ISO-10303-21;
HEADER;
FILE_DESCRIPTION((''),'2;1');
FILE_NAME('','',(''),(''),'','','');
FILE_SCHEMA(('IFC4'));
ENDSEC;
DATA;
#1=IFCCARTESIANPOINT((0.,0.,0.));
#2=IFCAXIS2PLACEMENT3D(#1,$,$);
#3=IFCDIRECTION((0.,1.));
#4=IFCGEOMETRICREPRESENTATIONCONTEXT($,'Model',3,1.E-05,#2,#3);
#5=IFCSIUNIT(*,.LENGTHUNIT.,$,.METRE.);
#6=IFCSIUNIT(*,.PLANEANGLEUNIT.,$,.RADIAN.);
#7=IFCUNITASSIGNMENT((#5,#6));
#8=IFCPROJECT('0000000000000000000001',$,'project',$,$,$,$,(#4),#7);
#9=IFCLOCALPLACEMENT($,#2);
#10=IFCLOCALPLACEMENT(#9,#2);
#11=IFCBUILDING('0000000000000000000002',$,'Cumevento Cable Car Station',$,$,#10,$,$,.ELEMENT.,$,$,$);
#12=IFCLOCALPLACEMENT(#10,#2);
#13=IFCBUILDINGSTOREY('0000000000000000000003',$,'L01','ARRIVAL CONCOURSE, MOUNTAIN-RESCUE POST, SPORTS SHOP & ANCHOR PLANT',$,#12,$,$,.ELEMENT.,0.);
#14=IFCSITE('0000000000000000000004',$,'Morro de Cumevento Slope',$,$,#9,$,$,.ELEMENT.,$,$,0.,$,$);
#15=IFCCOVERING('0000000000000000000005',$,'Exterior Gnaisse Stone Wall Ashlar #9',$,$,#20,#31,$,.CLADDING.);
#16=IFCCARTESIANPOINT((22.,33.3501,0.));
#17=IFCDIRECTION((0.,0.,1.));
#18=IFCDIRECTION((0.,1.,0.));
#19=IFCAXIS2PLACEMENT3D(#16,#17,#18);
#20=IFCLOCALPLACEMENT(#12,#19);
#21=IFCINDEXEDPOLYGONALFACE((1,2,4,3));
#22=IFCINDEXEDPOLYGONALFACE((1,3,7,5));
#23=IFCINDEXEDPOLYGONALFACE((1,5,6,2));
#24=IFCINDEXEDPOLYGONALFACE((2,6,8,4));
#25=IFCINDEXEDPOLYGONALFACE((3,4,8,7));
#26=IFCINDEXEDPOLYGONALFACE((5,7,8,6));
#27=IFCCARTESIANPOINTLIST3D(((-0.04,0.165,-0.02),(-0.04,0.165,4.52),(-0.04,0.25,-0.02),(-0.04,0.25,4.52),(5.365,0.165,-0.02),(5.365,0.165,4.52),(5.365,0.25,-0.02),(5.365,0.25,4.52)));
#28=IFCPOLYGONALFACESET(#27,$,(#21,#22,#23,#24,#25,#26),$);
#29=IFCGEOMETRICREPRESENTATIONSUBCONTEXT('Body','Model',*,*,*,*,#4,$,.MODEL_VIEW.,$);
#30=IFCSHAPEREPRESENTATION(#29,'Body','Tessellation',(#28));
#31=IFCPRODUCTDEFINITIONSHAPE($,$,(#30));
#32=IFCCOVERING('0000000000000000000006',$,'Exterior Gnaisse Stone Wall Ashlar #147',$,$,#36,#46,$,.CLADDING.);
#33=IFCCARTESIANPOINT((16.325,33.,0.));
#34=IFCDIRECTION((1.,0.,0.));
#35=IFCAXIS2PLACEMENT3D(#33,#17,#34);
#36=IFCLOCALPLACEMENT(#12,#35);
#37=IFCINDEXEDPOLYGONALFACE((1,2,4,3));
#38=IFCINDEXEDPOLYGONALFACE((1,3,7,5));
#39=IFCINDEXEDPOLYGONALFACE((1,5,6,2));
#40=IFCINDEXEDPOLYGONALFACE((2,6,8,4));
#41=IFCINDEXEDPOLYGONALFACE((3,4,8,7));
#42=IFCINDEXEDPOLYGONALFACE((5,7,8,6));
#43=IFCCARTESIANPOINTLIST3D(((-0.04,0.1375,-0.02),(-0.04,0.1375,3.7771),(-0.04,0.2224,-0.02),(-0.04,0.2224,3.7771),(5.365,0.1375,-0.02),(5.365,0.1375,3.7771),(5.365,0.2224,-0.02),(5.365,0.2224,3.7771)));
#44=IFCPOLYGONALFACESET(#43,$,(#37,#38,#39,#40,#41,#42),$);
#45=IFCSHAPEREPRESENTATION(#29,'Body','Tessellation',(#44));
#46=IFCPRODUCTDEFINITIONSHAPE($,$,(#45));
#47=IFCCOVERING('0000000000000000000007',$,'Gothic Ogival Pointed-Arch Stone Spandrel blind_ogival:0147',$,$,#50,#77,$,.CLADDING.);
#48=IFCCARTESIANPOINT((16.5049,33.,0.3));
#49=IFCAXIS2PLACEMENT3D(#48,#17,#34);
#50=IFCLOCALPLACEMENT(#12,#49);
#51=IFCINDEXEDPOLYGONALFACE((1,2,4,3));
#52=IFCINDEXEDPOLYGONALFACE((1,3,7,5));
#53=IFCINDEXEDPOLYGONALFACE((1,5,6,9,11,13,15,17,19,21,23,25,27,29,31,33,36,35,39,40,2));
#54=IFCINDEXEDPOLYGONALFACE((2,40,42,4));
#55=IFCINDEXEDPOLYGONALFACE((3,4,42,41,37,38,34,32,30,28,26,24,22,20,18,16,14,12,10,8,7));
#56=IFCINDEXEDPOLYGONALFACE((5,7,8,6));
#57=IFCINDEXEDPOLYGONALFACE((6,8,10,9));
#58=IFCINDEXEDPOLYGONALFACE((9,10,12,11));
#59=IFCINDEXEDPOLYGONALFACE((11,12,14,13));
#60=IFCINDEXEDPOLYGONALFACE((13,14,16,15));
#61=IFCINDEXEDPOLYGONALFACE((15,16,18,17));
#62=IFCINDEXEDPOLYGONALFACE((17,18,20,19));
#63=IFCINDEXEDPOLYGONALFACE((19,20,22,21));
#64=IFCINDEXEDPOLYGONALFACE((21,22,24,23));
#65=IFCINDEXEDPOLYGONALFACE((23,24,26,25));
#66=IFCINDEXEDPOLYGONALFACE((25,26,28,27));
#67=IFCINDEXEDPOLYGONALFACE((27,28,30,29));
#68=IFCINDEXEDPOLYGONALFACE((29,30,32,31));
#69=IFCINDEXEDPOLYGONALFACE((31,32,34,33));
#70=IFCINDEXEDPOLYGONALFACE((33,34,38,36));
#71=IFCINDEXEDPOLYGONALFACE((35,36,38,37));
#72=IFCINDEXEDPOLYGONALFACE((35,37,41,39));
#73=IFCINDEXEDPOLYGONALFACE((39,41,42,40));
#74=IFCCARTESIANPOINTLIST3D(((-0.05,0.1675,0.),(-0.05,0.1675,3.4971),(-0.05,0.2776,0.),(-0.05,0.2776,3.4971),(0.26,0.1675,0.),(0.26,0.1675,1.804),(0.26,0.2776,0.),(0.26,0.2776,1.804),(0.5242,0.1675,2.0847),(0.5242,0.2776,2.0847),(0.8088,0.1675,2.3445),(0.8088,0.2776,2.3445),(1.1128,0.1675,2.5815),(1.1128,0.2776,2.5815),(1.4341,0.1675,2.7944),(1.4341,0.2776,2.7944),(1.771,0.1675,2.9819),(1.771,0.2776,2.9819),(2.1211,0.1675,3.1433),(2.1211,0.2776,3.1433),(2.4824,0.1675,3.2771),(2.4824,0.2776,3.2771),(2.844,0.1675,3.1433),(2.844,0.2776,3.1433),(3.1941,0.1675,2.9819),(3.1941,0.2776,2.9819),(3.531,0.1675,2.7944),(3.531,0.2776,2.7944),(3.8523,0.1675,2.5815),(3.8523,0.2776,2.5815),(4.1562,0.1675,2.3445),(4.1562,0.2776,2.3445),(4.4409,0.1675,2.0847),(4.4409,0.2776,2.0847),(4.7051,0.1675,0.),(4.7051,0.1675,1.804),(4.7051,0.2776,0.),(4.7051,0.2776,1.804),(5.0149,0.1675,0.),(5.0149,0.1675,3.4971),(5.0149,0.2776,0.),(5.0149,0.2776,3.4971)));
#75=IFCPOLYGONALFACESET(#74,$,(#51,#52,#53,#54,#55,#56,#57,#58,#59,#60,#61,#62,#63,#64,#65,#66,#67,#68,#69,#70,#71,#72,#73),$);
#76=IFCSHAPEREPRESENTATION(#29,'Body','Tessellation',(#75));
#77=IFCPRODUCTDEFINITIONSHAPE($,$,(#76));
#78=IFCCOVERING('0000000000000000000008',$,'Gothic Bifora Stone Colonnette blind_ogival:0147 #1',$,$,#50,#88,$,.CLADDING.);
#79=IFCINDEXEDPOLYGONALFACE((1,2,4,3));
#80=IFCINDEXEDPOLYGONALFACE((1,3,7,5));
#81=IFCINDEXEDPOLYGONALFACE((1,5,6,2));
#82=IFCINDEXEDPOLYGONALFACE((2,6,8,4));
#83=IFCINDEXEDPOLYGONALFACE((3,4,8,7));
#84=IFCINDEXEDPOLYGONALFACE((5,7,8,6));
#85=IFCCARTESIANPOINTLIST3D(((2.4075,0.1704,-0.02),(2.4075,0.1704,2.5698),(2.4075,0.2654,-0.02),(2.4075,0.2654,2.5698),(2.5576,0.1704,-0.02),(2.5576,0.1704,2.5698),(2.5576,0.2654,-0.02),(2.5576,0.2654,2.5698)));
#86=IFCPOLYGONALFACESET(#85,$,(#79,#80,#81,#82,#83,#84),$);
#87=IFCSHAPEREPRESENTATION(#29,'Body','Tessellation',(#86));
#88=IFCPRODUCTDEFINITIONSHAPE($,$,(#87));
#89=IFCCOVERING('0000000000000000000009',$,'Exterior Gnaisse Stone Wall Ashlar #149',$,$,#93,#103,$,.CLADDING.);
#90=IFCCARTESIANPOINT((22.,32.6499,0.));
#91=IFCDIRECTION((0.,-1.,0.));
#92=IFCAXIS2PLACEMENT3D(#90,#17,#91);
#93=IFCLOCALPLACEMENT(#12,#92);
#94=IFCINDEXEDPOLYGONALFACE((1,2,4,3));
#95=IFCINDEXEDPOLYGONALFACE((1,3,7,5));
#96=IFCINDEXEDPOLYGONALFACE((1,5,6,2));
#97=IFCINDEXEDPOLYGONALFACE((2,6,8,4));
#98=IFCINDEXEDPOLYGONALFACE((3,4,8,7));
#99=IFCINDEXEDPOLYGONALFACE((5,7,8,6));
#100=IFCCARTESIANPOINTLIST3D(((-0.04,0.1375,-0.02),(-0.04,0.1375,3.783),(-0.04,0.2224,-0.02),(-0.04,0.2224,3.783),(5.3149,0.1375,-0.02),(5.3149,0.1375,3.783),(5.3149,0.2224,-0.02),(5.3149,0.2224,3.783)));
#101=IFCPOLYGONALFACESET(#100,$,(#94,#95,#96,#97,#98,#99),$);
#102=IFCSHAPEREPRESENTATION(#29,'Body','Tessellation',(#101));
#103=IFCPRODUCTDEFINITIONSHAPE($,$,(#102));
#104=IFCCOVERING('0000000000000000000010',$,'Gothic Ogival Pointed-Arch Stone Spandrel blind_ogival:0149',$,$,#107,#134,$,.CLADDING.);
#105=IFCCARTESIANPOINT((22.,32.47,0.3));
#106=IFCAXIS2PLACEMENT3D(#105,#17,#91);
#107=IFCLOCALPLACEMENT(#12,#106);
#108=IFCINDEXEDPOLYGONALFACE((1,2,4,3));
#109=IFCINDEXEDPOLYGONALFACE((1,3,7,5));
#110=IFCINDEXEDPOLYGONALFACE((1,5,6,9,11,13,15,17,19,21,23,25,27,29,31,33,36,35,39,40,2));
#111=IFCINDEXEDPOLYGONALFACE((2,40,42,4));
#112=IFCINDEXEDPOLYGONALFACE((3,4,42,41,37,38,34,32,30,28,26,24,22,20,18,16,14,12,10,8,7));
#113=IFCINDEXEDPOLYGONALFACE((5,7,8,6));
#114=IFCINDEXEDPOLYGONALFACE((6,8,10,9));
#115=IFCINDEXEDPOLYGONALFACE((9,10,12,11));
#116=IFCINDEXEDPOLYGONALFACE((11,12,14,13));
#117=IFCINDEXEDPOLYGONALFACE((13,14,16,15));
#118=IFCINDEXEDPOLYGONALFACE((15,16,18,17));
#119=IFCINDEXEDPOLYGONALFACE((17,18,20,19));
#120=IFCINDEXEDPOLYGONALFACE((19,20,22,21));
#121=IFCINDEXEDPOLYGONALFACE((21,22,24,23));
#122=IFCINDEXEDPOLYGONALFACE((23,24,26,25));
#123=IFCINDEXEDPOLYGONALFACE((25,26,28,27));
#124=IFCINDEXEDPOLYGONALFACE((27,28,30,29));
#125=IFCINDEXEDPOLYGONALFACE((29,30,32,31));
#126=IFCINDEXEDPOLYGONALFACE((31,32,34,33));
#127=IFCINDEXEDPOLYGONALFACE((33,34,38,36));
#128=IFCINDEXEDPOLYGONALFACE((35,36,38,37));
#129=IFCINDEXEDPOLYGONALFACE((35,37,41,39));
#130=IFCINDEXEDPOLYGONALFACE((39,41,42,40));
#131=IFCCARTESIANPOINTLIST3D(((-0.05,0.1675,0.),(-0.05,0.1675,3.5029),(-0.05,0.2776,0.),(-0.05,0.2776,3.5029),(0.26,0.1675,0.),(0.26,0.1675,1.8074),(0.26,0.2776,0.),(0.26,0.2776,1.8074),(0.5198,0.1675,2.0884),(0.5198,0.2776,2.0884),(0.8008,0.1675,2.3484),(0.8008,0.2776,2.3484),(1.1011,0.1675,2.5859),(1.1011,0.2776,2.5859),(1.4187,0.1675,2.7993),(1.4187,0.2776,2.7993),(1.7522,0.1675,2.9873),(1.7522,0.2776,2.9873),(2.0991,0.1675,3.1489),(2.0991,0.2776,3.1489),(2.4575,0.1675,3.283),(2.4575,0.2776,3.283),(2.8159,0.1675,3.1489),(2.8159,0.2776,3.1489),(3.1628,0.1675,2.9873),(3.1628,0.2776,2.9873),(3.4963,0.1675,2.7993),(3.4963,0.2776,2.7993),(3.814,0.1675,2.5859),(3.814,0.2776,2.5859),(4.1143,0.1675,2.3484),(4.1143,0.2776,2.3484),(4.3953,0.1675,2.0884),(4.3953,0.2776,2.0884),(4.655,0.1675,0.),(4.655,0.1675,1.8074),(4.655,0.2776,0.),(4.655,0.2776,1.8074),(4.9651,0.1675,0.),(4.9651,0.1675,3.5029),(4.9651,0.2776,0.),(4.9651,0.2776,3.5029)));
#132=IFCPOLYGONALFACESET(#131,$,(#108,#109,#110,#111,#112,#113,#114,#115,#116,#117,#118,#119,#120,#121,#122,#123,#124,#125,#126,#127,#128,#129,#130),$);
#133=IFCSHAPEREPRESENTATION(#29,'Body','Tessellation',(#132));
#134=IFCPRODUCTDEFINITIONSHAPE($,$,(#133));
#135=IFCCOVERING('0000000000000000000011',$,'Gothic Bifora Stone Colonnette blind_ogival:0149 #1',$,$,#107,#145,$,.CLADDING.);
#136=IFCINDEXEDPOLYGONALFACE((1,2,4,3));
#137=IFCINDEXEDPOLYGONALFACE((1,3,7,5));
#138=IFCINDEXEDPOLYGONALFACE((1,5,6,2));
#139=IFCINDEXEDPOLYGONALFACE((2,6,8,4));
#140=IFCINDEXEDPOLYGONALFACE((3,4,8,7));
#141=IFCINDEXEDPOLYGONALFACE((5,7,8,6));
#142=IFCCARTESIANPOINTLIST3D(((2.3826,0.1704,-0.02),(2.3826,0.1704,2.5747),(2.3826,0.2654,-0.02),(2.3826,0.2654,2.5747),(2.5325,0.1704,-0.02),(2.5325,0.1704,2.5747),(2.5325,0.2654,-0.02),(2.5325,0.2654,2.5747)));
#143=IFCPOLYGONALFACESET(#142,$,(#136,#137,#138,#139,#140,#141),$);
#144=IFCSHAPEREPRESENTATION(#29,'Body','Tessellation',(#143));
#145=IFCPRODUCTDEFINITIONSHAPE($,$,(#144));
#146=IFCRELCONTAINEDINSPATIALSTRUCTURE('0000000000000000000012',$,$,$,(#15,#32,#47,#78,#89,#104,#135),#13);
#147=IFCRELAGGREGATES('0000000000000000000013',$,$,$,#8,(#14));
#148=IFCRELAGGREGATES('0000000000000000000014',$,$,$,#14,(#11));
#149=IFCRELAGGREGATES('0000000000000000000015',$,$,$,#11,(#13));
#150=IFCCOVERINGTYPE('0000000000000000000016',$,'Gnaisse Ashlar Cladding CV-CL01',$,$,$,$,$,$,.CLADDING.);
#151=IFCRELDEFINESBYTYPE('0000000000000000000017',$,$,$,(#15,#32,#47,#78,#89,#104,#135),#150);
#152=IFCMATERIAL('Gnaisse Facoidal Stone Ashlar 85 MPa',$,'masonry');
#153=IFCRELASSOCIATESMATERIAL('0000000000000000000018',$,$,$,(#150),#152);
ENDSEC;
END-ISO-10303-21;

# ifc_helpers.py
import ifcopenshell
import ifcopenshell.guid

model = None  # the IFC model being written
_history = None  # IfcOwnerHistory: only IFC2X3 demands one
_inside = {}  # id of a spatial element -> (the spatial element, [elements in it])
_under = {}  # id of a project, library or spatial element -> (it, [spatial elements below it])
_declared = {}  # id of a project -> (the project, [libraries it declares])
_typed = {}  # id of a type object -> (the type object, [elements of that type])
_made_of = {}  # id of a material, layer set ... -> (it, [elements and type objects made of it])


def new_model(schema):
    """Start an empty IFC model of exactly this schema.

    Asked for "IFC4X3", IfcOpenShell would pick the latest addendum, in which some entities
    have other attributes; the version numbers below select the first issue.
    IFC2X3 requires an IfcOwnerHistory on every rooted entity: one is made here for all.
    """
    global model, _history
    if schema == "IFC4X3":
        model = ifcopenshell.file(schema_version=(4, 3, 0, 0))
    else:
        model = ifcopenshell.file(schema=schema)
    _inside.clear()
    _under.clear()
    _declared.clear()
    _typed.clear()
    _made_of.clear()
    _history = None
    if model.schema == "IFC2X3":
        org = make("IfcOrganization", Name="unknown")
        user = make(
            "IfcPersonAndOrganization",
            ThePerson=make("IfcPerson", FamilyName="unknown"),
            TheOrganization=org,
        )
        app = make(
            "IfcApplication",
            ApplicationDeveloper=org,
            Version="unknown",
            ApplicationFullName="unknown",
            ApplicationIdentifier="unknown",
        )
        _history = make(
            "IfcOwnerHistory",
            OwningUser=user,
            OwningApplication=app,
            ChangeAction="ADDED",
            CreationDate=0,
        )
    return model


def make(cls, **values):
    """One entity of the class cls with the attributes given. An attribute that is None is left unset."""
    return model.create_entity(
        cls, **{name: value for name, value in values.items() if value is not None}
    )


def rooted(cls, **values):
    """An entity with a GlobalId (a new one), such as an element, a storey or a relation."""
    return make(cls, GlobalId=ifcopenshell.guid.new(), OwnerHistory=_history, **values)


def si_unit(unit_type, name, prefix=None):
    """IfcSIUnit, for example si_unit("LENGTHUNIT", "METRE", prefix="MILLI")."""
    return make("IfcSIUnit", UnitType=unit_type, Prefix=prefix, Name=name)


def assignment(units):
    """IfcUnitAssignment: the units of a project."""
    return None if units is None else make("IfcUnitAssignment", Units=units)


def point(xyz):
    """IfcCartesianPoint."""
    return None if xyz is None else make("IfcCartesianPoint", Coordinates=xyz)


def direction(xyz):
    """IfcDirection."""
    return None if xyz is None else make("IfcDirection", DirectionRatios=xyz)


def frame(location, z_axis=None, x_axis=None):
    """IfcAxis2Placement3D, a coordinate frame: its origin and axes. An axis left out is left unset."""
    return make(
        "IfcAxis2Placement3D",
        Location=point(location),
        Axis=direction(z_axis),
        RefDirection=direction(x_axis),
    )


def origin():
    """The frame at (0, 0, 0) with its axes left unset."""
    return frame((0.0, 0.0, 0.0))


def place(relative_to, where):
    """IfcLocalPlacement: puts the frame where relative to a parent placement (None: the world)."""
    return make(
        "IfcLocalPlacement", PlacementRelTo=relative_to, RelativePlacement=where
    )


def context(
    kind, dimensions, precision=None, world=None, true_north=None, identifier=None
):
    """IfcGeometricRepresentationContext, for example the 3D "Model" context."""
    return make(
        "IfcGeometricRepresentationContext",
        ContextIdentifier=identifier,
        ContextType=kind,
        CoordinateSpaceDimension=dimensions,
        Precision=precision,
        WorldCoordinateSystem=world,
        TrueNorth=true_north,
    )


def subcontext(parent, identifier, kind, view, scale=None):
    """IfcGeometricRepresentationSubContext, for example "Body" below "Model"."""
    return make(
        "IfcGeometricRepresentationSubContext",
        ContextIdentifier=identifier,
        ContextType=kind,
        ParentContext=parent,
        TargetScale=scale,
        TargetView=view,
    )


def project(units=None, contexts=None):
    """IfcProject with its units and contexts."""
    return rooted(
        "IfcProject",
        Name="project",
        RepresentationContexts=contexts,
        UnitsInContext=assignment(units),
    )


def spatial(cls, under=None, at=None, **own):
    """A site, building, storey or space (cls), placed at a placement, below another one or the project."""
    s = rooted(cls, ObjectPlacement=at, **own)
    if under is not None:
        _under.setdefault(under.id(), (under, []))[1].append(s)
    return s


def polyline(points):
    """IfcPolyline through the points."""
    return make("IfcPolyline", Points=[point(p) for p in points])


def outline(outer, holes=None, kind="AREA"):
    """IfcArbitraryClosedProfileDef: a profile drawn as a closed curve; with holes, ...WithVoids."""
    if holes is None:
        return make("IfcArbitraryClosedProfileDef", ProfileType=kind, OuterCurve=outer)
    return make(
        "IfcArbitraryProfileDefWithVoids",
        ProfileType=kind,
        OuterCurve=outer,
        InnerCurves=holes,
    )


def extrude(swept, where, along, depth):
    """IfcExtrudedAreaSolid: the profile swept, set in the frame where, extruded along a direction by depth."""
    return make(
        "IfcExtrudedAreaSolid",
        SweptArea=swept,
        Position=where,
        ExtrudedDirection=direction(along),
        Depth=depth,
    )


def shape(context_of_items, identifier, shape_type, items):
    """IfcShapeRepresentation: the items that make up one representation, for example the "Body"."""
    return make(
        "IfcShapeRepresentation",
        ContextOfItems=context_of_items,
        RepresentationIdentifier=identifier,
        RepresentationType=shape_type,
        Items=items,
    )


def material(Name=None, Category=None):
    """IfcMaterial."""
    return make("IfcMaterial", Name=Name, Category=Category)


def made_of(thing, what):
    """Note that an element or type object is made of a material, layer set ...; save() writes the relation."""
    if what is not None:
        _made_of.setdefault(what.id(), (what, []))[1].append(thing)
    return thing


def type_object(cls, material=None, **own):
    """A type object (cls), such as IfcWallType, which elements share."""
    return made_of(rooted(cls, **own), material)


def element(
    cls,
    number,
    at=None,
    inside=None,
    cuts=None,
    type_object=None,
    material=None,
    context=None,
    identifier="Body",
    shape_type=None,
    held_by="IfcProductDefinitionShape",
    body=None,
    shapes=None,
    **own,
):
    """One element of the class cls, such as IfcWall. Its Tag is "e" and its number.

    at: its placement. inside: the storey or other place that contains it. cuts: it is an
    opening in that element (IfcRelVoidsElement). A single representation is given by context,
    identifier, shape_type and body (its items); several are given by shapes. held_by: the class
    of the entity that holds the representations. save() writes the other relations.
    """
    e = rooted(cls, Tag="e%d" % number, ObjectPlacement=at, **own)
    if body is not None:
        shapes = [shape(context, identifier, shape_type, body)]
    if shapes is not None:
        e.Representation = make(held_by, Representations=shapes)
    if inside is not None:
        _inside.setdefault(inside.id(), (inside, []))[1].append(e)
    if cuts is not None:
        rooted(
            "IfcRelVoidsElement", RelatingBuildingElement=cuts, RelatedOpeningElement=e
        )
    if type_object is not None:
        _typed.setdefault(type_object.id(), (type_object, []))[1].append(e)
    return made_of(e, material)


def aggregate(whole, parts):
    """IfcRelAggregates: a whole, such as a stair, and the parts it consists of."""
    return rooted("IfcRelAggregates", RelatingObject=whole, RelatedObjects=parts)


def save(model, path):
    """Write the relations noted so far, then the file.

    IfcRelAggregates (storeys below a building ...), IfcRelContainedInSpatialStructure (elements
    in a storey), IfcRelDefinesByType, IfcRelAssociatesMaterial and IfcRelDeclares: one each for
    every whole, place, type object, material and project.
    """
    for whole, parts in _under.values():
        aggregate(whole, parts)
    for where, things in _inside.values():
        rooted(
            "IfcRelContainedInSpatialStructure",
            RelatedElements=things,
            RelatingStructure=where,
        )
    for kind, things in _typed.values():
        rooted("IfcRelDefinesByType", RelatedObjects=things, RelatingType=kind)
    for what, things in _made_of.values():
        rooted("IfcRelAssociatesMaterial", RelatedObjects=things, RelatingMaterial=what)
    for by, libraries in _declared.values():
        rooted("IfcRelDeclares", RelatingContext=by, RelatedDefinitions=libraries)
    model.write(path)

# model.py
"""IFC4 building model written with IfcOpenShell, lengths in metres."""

from ifc_helpers import new_model, si_unit, direction, frame, origin, place, context, subcontext, project, spatial, polyline, outline, extrude, material, type_object, element, save


model = new_model("IFC4")

# Units and contexts
model_context = context("Model", 3, precision=1e-05, world=origin(), true_north=direction((0.0, 1.0)))
body_context = subcontext(model_context, "Body", "Model", "MODEL_VIEW")
ifc_project = project(units=[si_unit("LENGTHUNIT", "METRE"), si_unit("PLANEANGLEUNIT", "RADIAN")], contexts=[model_context])

# Site, building, storey
site_placement = place(None, origin())
site = spatial("IfcSite", under=ifc_project, at=site_placement, Name="Morro de Cumevento Slope", CompositionType="ELEMENT", RefElevation=0.0)
building_placement = place(site_placement, origin())
building = spatial("IfcBuilding", under=site, at=building_placement, Name="Cumevento Cable Car Station", CompositionType="ELEMENT")
storey_placement = place(building_placement, origin())
storey = spatial("IfcBuildingStorey", under=building, at=storey_placement, Name="L01", Description="ARRIVAL CONCOURSE, MOUNTAIN-RESCUE POST, SPORTS SHOP & ANCHOR PLANT", CompositionType="ELEMENT", Elevation=0.0)

# Coverings
ifc_material_1 = material(Name="Gnaisse Facoidal Stone Ashlar 85 MPa", Category="masonry")
covering_type = type_object("IfcCoveringType", Name="Gnaisse Ashlar Cladding CV-CL01", PredefinedType="CLADDING", material=ifc_material_1)
covering_1_placement = place(storey_placement, frame((22.0, 33.3501, 0.0), z_axis=(0.0, 0.0, 1.0), x_axis=(0.0, 1.0, 0.0)))
element("IfcCovering", 1, at=covering_1_placement, inside=storey, type_object=covering_type, Name="Exterior Gnaisse Stone Wall Ashlar #9", PredefinedType="CLADDING", context=body_context, shape_type="SweptSolid", body=[
    extrude(outline(polyline([(-0.04, -0.02), (5.365, -0.02), (5.365, 4.52), (-0.04, 4.52), (-0.04, -0.02)])), frame((0.0, 0.25, 0.0), z_axis=(0.0, -1.0, 0.0), x_axis=(1.0, 0.0, 0.0)), (0.0, 0.0, 1.0), 0.085),
])
covering_2_placement = place(storey_placement, frame((16.325, 33.0, 0.0), z_axis=(0.0, 0.0, 1.0), x_axis=(1.0, 0.0, 0.0)))
element("IfcCovering", 2, at=covering_2_placement, inside=storey, type_object=covering_type, Name="Exterior Gnaisse Stone Wall Ashlar #147", PredefinedType="CLADDING", context=body_context, shape_type="SweptSolid", body=[
    extrude(outline(polyline([(-0.04, -0.02), (5.365, -0.02), (5.365, 3.7771), (-0.04, 3.7771), (-0.04, -0.02)])), frame((0.0, 0.2224, 0.0), z_axis=(0.0, -1.0, 0.0), x_axis=(1.0, 0.0, 0.0)), (0.0, 0.0, 1.0), 0.085),
])
placement_1 = place(storey_placement, frame((16.5049, 33.0, 0.3), z_axis=(0.0, 0.0, 1.0), x_axis=(1.0, 0.0, 0.0)))
element("IfcCovering", 3, at=placement_1, inside=storey, type_object=covering_type, Name="Gothic Ogival Pointed-Arch Stone Spandrel blind_ogival:0147", PredefinedType="CLADDING", context=body_context, shape_type="SweptSolid", body=[
    extrude(outline(polyline([(-0.05, 0.0), (-0.05, 3.4971), (5.0149, 3.4971), (5.0149, 0.0), (4.7051, 0.0), (4.7051, 1.804), (4.4409, 2.0847), (4.1562, 2.3445), (3.8523, 2.5815), (3.531, 2.7944), (3.1941, 2.9819), (2.844, 3.1433), (2.4824, 3.2771), (2.1211, 3.1433), (1.771, 2.9819), (1.4341, 2.7944), (1.1128, 2.5815), (0.8088, 2.3445), (0.5242, 2.0847), (0.26, 1.804), (0.26, 0.0), (-0.05, 0.0)])), frame((0.0, 0.2776, 0.0), z_axis=(0.0, -1.0, 0.0), x_axis=(1.0, 0.0, 0.0)), (0.0, 0.0, 1.0), 0.1101),
])
element("IfcCovering", 4, at=placement_1, inside=storey, type_object=covering_type, Name="Gothic Bifora Stone Colonnette blind_ogival:0147 #1", PredefinedType="CLADDING", context=body_context, shape_type="SweptSolid", body=[
    extrude(outline(polyline([(2.4075, -0.02), (2.5576, -0.02), (2.5576, 2.5698), (2.4075, 2.5698), (2.4075, -0.02)])), frame((0.0, 0.2654, 0.0), z_axis=(0.0, -1.0, 0.0), x_axis=(1.0, 0.0, 0.0)), (0.0, 0.0, 1.0), 0.095),
])
covering_3_placement = place(storey_placement, frame((22.0, 32.6499, 0.0), z_axis=(0.0, 0.0, 1.0), x_axis=(0.0, -1.0, 0.0)))
element("IfcCovering", 5, at=covering_3_placement, inside=storey, type_object=covering_type, Name="Exterior Gnaisse Stone Wall Ashlar #149", PredefinedType="CLADDING", context=body_context, shape_type="SweptSolid", body=[
    extrude(outline(polyline([(-0.04, -0.02), (5.3149, -0.02), (5.3149, 3.783), (-0.04, 3.783), (-0.04, -0.02)])), frame((0.0, 0.2224, 0.0), z_axis=(0.0, -1.0, 0.0), x_axis=(1.0, 0.0, 0.0)), (0.0, 0.0, 1.0), 0.085),
])
placement_2 = place(storey_placement, frame((22.0, 32.47, 0.3), z_axis=(0.0, 0.0, 1.0), x_axis=(0.0, -1.0, 0.0)))
element("IfcCovering", 6, at=placement_2, inside=storey, type_object=covering_type, Name="Gothic Ogival Pointed-Arch Stone Spandrel blind_ogival:0149", PredefinedType="CLADDING", context=body_context, shape_type="SweptSolid", body=[
    extrude(outline(polyline([(-0.05, 0.0), (-0.05, 3.5029), (4.9651, 3.5029), (4.9651, 0.0), (4.655, 0.0), (4.655, 1.8074), (4.3953, 2.0884), (4.1143, 2.3484), (3.814, 2.5859), (3.4963, 2.7993), (3.1628, 2.9873), (2.8159, 3.1489), (2.4575, 3.283), (2.0991, 3.1489), (1.7522, 2.9873), (1.4187, 2.7993), (1.1011, 2.5859), (0.8008, 2.3484), (0.5198, 2.0884), (0.26, 1.8074), (0.26, 0.0), (-0.05, 0.0)])), frame((0.0, 0.2776, 0.0), z_axis=(0.0, -1.0, 0.0), x_axis=(1.0, 0.0, 0.0)), (0.0, 0.0, 1.0), 0.1101),
])
element("IfcCovering", 7, at=placement_2, inside=storey, type_object=covering_type, Name="Gothic Bifora Stone Colonnette blind_ogival:0149 #1", PredefinedType="CLADDING", context=body_context, shape_type="SweptSolid", body=[
    extrude(outline(polyline([(2.3826, -0.02), (2.5325, -0.02), (2.5325, 2.5747), (2.3826, 2.5747), (2.3826, -0.02)])), frame((0.0, 0.2654, 0.0), z_axis=(0.0, -1.0, 0.0), x_axis=(1.0, 0.0, 0.0)), (0.0, 0.0, 1.0), 0.095),
])

save(model, "model.ifc")
